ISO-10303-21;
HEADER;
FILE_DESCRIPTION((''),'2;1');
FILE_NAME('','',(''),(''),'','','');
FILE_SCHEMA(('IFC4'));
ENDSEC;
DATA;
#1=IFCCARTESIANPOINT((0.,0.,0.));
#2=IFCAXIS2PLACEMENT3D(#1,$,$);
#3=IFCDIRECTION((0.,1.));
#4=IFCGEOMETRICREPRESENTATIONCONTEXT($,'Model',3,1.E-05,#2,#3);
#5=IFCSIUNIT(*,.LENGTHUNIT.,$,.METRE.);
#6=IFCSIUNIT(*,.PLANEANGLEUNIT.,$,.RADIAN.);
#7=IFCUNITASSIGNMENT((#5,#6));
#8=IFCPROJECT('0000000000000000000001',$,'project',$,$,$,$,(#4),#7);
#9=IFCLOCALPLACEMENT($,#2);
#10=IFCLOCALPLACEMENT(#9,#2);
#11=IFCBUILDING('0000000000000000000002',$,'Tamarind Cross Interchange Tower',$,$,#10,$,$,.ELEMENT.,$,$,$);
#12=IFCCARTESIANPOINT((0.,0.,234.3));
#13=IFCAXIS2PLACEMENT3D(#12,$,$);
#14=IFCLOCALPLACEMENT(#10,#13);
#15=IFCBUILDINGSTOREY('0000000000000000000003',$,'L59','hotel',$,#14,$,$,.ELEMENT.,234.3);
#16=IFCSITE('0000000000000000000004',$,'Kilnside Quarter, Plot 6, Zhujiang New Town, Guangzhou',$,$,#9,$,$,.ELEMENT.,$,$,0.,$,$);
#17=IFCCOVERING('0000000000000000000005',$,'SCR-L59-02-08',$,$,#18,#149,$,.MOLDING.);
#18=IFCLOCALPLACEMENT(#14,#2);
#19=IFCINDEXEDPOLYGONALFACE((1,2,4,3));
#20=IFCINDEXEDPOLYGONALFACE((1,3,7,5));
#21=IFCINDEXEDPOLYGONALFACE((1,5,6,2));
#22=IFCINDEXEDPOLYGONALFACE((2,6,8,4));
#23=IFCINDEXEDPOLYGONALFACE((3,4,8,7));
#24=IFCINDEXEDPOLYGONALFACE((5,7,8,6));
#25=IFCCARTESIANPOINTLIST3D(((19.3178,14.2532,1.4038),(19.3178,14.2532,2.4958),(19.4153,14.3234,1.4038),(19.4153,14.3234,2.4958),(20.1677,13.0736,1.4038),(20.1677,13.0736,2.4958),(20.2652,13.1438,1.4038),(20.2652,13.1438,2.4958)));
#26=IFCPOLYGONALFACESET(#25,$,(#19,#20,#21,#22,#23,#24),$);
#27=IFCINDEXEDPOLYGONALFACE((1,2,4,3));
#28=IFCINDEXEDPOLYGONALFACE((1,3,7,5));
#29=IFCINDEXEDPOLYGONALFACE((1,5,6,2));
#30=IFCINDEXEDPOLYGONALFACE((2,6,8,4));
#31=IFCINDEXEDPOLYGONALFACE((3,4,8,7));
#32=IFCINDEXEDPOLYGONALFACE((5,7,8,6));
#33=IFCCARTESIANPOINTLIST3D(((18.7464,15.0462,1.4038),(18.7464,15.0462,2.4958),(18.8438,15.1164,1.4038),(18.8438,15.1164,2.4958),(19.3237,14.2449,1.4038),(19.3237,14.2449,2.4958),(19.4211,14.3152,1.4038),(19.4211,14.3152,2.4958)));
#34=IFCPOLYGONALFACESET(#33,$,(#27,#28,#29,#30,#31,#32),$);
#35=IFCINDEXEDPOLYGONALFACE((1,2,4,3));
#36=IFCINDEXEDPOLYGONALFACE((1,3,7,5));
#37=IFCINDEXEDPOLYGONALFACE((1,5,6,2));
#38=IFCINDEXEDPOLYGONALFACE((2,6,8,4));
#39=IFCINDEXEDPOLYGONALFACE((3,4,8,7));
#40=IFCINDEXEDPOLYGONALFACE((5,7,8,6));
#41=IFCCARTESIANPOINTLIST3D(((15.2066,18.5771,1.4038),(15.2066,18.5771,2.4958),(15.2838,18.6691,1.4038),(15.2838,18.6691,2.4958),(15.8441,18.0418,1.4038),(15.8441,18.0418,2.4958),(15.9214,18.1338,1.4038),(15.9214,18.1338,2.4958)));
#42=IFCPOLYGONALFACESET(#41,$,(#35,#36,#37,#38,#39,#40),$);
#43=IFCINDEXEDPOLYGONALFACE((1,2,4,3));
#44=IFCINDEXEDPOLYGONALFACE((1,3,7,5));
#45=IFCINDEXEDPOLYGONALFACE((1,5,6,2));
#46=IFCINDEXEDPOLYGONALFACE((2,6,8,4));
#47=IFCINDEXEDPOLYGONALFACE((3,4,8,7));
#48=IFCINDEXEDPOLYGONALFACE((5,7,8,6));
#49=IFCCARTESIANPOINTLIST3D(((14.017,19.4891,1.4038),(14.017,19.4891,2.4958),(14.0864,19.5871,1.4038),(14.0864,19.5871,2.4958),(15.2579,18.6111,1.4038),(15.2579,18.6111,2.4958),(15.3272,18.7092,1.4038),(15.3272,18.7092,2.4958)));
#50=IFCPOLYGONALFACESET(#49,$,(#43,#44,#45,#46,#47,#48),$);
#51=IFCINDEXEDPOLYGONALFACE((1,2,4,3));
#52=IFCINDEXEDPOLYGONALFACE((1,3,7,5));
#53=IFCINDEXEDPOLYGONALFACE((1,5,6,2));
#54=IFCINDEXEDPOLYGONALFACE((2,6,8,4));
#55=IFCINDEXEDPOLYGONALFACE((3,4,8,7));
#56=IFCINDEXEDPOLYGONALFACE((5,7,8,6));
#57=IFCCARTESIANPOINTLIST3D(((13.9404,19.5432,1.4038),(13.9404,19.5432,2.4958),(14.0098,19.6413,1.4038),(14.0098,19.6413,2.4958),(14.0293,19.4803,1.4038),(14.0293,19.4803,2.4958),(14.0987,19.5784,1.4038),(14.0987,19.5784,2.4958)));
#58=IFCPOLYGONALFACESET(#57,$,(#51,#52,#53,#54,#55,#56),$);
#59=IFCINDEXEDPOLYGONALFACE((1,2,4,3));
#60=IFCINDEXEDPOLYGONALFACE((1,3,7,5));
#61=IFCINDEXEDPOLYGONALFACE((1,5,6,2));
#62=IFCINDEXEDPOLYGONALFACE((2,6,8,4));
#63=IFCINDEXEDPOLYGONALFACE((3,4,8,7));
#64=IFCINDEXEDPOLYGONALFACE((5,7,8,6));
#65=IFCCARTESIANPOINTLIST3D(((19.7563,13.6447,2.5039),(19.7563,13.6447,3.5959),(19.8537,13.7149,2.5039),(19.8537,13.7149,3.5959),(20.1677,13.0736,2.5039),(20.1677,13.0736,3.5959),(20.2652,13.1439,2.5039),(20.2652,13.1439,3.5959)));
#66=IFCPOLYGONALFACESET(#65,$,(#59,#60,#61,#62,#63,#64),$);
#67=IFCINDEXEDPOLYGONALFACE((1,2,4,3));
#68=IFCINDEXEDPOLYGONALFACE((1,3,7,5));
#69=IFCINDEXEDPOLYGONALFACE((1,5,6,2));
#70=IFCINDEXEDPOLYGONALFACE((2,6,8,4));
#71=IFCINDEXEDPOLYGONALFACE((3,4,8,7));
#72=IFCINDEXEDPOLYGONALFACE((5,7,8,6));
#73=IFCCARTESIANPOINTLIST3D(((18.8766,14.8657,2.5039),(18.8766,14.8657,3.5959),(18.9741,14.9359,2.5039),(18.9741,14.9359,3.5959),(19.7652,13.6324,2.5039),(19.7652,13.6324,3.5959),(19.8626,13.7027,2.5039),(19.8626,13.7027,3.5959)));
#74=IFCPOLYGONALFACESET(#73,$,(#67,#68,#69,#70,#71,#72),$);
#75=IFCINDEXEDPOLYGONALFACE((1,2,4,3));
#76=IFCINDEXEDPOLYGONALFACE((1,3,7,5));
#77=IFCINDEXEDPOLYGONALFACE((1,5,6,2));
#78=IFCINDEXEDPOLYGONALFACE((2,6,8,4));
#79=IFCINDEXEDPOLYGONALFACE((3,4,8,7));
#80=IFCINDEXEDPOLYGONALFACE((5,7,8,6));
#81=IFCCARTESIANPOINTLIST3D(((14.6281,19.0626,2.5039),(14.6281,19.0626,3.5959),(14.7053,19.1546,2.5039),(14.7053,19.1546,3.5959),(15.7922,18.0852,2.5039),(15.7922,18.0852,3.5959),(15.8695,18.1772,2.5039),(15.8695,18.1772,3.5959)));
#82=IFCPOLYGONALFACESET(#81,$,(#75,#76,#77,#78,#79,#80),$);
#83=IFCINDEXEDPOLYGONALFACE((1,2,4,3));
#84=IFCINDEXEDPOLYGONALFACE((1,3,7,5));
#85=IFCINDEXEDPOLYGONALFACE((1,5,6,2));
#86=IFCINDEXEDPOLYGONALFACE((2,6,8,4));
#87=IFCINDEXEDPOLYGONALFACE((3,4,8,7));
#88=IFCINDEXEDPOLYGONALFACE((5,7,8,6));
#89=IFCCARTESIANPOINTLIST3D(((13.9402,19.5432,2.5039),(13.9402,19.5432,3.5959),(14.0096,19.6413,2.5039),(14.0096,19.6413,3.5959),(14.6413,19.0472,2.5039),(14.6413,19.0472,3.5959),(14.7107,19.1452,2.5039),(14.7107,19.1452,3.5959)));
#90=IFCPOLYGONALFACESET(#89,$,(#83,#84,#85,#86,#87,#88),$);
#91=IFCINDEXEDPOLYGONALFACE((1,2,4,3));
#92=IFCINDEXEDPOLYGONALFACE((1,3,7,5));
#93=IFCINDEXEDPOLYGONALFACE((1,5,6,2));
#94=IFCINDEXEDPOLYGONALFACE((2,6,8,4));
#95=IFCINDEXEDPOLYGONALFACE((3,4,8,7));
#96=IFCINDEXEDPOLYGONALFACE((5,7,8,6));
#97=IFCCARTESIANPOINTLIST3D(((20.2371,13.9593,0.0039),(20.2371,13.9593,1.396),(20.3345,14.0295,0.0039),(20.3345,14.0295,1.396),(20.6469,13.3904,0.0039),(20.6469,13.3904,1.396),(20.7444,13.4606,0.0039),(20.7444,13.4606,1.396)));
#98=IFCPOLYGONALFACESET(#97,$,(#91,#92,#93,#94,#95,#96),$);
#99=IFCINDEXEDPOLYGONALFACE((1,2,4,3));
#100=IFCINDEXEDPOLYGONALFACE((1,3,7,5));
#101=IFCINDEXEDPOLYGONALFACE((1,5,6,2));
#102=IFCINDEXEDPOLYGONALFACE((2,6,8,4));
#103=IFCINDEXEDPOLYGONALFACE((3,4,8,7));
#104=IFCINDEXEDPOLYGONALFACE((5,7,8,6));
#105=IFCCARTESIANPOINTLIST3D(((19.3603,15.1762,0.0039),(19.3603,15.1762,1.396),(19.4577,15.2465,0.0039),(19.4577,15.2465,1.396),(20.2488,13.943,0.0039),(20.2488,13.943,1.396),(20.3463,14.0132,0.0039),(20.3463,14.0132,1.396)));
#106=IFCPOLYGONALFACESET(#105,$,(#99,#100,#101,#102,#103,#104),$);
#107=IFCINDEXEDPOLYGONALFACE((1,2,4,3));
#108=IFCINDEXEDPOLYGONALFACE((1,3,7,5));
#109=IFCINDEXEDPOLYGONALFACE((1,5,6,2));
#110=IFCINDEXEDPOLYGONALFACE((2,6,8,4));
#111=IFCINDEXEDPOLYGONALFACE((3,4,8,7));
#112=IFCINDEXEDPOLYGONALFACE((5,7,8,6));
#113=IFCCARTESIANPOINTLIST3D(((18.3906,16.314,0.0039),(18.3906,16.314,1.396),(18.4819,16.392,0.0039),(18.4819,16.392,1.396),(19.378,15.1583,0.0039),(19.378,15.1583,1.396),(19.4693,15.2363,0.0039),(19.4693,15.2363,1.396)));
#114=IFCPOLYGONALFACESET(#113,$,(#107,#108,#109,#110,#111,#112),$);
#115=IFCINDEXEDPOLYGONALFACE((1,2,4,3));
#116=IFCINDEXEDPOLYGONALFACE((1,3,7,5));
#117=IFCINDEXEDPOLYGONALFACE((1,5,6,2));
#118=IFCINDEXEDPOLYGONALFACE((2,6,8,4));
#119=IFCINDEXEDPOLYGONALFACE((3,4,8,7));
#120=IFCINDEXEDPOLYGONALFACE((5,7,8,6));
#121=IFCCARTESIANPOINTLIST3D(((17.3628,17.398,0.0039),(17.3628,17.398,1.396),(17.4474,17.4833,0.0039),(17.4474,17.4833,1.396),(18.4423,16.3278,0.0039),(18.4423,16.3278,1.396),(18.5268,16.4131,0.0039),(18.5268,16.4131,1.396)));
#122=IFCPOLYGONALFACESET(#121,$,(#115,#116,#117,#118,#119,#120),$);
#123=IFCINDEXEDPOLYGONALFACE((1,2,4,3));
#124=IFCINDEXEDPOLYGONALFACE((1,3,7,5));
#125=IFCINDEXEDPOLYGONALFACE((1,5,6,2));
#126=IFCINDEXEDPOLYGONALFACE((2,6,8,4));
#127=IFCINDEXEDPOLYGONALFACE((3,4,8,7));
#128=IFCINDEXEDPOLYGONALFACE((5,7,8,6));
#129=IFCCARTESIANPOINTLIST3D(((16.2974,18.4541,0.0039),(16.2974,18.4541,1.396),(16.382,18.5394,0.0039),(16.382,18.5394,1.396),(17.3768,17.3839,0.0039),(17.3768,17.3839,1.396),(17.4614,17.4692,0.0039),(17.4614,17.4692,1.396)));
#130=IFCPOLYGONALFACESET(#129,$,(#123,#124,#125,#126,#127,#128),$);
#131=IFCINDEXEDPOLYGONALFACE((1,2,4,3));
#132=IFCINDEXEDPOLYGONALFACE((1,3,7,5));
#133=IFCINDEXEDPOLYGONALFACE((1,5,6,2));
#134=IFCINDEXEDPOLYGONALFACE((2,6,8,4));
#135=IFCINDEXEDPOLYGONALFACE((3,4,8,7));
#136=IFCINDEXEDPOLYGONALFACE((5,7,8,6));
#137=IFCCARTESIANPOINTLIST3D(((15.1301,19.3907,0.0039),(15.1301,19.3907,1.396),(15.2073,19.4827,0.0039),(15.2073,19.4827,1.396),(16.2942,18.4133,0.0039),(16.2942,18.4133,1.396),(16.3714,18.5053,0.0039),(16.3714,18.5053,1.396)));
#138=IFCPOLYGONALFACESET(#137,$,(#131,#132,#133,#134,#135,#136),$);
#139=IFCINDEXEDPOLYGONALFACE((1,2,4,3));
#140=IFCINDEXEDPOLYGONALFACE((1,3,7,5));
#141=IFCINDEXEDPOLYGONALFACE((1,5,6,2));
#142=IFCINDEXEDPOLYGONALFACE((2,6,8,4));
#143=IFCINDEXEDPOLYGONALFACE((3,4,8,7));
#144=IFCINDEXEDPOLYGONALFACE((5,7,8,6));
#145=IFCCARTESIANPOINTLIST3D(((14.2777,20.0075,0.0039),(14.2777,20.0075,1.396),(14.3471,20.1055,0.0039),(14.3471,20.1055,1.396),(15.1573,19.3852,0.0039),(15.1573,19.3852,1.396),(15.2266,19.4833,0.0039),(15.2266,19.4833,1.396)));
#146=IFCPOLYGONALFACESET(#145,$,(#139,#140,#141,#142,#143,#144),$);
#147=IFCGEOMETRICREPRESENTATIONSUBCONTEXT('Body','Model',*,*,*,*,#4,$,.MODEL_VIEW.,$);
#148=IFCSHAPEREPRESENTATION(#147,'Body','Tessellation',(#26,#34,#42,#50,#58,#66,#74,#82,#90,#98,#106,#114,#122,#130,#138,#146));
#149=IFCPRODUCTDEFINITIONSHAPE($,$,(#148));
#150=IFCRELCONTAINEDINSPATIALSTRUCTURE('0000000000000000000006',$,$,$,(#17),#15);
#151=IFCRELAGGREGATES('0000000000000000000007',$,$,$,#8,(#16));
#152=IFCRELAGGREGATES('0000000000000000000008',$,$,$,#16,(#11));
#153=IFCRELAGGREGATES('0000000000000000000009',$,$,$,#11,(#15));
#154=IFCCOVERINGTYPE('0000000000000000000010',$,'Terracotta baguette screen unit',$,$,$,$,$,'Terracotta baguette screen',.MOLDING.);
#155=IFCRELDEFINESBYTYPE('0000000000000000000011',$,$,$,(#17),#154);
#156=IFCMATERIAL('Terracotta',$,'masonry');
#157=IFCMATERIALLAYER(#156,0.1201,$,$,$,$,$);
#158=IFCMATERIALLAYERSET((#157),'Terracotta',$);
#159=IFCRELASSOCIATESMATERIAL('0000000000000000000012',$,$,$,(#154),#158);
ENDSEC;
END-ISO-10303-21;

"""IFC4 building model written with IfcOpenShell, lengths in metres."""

from ifc_helpers import new_model, si_unit, direction, frame, origin, origin_2d, place, context, subcontext, project, spatial, rectangle, extrude, material, layer, layer_set, type_object, element, save


model = new_model("IFC4")

# Units and contexts
model_context = context("Model", 3, precision=1e-05, world=origin(), true_north=direction((0.0, 1.0)))
body_context = subcontext(model_context, "Body", "Model", "MODEL_VIEW")
ifc_project = project(units=[si_unit("LENGTHUNIT", "METRE"), si_unit("PLANEANGLEUNIT", "RADIAN")], contexts=[model_context])

# Site, building, storey
site_placement = place(None, origin())
site = spatial("IfcSite", under=ifc_project, at=site_placement, Name="Kilnside Quarter, Plot 6, Zhujiang New Town, Guangzhou", CompositionType="ELEMENT", RefElevation=0.0)
building_placement = place(site_placement, origin())
building = spatial("IfcBuilding", under=site, at=building_placement, Name="Tamarind Cross Interchange Tower", CompositionType="ELEMENT")
storey_placement = place(building_placement, frame((0.0, 0.0, 234.3)))
storey = spatial("IfcBuildingStorey", under=building, at=storey_placement, Name="L59", Description="hotel", CompositionType="ELEMENT", Elevation=234.3)

# Covering
ifc_material_1 = material(Name="Terracotta", Category="masonry")
ifc_layer_1 = layer(ifc_material_1, 0.1201)
ifc_layer_set_1 = layer_set([ifc_layer_1], Name="Terracotta")
covering_type = type_object("IfcCoveringType", Name="Terracotta baguette screen unit", ElementType="Terracotta baguette screen", PredefinedType="MOLDING", material=ifc_layer_set_1)
covering_1_placement = place(storey_placement, origin())
element("IfcCovering", 1, at=covering_1_placement, inside=storey, type_object=covering_type, Name="SCR-L59-02-08", PredefinedType="MOLDING", context=body_context, shape_type="SweptSolid", body=[
    extrude(rectangle(XDim=1.4539, YDim=0.1201, at=origin_2d()), frame((19.7915, 13.6985, 1.4038), z_axis=(0.0, 0.0, 1.0), x_axis=(-0.584574, 0.81134, 0.0)), (0.0, 0.0, 1.0), 1.092),
    extrude(rectangle(XDim=0.9875, YDim=0.1201, at=origin_2d()), frame((19.0837, 14.6807, 1.4038), z_axis=(0.0, 0.0, 1.0), x_axis=(-0.584574, 0.81134, 0.0)), (0.0, 0.0, 1.0), 1.092),
    extrude(rectangle(XDim=0.8325, YDim=0.1201, at=origin_2d()), frame((15.564, 18.3555, 1.4038), z_axis=(0.0, 0.0, 1.0), x_axis=(-0.765858, 0.643009, 0.0)), (0.0, 0.0, 1.0), 1.092),
    extrude(rectangle(XDim=1.52, YDim=0.1201, at=origin_2d()), frame((14.6721, 19.0991, 1.4038), z_axis=(0.0, 0.0, 1.0), x_axis=(-0.816342, 0.577569, 0.0)), (0.0, 0.0, 1.0), 1.092),
    extrude(rectangle(XDim=0.1089, YDim=0.1201, at=origin_2d()), frame((14.0195, 19.5608, 1.4038), z_axis=(0.0, 0.0, 1.0), x_axis=(-0.816342, 0.577569, 0.0)), (0.0, 0.0, 1.0), 1.092),
    extrude(rectangle(XDim=0.7039, YDim=0.1201, at=origin_2d()), frame((20.0107, 13.3943, 2.5039), z_axis=(0.0, 0.0, 1.0), x_axis=(-0.584574, 0.81134, 0.0)), (0.0, 0.0, 1.0), 1.092),
    extrude(rectangle(XDim=1.52, YDim=0.1201, at=origin_2d()), frame((19.3696, 14.2842, 2.5039), z_axis=(0.0, 0.0, 1.0), x_axis=(-0.584574, 0.81134, 0.0)), (0.0, 0.0, 1.0), 1.092),
    extrude(rectangle(XDim=1.52, YDim=0.1201, at=origin_2d()), frame((15.2488, 18.6199, 2.5039), z_axis=(0.0, 0.0, 1.0), x_axis=(-0.765858, 0.643009, 0.0)), (0.0, 0.0, 1.0), 1.092),
    extrude(rectangle(XDim=0.8589, YDim=0.1201, at=origin_2d()), frame((14.3254, 19.3442, 2.5039), z_axis=(0.0, 0.0, 1.0), x_axis=(-0.816342, 0.577569, 0.0)), (0.0, 0.0, 1.0), 1.092),
    extrude(rectangle(XDim=0.7012, YDim=0.1201, at=origin_2d()), frame((20.4907, 13.71, 0.0039), z_axis=(0.0, 0.0, 1.0), x_axis=(-0.584574, 0.81134, 0.0)), (0.0, 0.0, 1.0), 1.3921),
    extrude(rectangle(XDim=1.52, YDim=0.1201, at=origin_2d()), frame((19.8533, 14.5947, 0.0039), z_axis=(0.0, 0.0, 1.0), x_axis=(-0.584574, 0.81134, 0.0)), (0.0, 0.0, 1.0), 1.3921),
    extrude(rectangle(XDim=1.52, YDim=0.1201, at=origin_2d()), frame((18.9299, 15.7751, 0.0039), z_axis=(0.0, 0.0, 1.0), x_axis=(-0.649577, 0.760296, 0.0)), (0.0, 0.0, 1.0), 1.3921),
    extrude(rectangle(XDim=1.52, YDim=0.1201, at=origin_2d()), frame((17.9448, 16.9055, 0.0039), z_axis=(0.0, 0.0, 1.0), x_axis=(-0.710143, 0.704057, 0.0)), (0.0, 0.0, 1.0), 1.3921),
    extrude(rectangle(XDim=1.52, YDim=0.1201, at=origin_2d()), frame((16.8794, 17.9617, 0.0039), z_axis=(0.0, 0.0, 1.0), x_axis=(-0.710143, 0.704057, 0.0)), (0.0, 0.0, 1.0), 1.3921),
    extrude(rectangle(XDim=1.52, YDim=0.1201, at=origin_2d()), frame((15.7507, 18.948, 0.0039), z_axis=(0.0, 0.0, 1.0), x_axis=(-0.765858, 0.643009, 0.0)), (0.0, 0.0, 1.0), 1.3921),
    extrude(rectangle(XDim=1.0774, YDim=0.1201, at=origin_2d()), frame((14.7522, 19.7454, 0.0039), z_axis=(0.0, 0.0, 1.0), x_axis=(-0.816342, 0.577569, 0.0)), (0.0, 0.0, 1.0), 1.3921),
])

save(model, "model.ifc")
